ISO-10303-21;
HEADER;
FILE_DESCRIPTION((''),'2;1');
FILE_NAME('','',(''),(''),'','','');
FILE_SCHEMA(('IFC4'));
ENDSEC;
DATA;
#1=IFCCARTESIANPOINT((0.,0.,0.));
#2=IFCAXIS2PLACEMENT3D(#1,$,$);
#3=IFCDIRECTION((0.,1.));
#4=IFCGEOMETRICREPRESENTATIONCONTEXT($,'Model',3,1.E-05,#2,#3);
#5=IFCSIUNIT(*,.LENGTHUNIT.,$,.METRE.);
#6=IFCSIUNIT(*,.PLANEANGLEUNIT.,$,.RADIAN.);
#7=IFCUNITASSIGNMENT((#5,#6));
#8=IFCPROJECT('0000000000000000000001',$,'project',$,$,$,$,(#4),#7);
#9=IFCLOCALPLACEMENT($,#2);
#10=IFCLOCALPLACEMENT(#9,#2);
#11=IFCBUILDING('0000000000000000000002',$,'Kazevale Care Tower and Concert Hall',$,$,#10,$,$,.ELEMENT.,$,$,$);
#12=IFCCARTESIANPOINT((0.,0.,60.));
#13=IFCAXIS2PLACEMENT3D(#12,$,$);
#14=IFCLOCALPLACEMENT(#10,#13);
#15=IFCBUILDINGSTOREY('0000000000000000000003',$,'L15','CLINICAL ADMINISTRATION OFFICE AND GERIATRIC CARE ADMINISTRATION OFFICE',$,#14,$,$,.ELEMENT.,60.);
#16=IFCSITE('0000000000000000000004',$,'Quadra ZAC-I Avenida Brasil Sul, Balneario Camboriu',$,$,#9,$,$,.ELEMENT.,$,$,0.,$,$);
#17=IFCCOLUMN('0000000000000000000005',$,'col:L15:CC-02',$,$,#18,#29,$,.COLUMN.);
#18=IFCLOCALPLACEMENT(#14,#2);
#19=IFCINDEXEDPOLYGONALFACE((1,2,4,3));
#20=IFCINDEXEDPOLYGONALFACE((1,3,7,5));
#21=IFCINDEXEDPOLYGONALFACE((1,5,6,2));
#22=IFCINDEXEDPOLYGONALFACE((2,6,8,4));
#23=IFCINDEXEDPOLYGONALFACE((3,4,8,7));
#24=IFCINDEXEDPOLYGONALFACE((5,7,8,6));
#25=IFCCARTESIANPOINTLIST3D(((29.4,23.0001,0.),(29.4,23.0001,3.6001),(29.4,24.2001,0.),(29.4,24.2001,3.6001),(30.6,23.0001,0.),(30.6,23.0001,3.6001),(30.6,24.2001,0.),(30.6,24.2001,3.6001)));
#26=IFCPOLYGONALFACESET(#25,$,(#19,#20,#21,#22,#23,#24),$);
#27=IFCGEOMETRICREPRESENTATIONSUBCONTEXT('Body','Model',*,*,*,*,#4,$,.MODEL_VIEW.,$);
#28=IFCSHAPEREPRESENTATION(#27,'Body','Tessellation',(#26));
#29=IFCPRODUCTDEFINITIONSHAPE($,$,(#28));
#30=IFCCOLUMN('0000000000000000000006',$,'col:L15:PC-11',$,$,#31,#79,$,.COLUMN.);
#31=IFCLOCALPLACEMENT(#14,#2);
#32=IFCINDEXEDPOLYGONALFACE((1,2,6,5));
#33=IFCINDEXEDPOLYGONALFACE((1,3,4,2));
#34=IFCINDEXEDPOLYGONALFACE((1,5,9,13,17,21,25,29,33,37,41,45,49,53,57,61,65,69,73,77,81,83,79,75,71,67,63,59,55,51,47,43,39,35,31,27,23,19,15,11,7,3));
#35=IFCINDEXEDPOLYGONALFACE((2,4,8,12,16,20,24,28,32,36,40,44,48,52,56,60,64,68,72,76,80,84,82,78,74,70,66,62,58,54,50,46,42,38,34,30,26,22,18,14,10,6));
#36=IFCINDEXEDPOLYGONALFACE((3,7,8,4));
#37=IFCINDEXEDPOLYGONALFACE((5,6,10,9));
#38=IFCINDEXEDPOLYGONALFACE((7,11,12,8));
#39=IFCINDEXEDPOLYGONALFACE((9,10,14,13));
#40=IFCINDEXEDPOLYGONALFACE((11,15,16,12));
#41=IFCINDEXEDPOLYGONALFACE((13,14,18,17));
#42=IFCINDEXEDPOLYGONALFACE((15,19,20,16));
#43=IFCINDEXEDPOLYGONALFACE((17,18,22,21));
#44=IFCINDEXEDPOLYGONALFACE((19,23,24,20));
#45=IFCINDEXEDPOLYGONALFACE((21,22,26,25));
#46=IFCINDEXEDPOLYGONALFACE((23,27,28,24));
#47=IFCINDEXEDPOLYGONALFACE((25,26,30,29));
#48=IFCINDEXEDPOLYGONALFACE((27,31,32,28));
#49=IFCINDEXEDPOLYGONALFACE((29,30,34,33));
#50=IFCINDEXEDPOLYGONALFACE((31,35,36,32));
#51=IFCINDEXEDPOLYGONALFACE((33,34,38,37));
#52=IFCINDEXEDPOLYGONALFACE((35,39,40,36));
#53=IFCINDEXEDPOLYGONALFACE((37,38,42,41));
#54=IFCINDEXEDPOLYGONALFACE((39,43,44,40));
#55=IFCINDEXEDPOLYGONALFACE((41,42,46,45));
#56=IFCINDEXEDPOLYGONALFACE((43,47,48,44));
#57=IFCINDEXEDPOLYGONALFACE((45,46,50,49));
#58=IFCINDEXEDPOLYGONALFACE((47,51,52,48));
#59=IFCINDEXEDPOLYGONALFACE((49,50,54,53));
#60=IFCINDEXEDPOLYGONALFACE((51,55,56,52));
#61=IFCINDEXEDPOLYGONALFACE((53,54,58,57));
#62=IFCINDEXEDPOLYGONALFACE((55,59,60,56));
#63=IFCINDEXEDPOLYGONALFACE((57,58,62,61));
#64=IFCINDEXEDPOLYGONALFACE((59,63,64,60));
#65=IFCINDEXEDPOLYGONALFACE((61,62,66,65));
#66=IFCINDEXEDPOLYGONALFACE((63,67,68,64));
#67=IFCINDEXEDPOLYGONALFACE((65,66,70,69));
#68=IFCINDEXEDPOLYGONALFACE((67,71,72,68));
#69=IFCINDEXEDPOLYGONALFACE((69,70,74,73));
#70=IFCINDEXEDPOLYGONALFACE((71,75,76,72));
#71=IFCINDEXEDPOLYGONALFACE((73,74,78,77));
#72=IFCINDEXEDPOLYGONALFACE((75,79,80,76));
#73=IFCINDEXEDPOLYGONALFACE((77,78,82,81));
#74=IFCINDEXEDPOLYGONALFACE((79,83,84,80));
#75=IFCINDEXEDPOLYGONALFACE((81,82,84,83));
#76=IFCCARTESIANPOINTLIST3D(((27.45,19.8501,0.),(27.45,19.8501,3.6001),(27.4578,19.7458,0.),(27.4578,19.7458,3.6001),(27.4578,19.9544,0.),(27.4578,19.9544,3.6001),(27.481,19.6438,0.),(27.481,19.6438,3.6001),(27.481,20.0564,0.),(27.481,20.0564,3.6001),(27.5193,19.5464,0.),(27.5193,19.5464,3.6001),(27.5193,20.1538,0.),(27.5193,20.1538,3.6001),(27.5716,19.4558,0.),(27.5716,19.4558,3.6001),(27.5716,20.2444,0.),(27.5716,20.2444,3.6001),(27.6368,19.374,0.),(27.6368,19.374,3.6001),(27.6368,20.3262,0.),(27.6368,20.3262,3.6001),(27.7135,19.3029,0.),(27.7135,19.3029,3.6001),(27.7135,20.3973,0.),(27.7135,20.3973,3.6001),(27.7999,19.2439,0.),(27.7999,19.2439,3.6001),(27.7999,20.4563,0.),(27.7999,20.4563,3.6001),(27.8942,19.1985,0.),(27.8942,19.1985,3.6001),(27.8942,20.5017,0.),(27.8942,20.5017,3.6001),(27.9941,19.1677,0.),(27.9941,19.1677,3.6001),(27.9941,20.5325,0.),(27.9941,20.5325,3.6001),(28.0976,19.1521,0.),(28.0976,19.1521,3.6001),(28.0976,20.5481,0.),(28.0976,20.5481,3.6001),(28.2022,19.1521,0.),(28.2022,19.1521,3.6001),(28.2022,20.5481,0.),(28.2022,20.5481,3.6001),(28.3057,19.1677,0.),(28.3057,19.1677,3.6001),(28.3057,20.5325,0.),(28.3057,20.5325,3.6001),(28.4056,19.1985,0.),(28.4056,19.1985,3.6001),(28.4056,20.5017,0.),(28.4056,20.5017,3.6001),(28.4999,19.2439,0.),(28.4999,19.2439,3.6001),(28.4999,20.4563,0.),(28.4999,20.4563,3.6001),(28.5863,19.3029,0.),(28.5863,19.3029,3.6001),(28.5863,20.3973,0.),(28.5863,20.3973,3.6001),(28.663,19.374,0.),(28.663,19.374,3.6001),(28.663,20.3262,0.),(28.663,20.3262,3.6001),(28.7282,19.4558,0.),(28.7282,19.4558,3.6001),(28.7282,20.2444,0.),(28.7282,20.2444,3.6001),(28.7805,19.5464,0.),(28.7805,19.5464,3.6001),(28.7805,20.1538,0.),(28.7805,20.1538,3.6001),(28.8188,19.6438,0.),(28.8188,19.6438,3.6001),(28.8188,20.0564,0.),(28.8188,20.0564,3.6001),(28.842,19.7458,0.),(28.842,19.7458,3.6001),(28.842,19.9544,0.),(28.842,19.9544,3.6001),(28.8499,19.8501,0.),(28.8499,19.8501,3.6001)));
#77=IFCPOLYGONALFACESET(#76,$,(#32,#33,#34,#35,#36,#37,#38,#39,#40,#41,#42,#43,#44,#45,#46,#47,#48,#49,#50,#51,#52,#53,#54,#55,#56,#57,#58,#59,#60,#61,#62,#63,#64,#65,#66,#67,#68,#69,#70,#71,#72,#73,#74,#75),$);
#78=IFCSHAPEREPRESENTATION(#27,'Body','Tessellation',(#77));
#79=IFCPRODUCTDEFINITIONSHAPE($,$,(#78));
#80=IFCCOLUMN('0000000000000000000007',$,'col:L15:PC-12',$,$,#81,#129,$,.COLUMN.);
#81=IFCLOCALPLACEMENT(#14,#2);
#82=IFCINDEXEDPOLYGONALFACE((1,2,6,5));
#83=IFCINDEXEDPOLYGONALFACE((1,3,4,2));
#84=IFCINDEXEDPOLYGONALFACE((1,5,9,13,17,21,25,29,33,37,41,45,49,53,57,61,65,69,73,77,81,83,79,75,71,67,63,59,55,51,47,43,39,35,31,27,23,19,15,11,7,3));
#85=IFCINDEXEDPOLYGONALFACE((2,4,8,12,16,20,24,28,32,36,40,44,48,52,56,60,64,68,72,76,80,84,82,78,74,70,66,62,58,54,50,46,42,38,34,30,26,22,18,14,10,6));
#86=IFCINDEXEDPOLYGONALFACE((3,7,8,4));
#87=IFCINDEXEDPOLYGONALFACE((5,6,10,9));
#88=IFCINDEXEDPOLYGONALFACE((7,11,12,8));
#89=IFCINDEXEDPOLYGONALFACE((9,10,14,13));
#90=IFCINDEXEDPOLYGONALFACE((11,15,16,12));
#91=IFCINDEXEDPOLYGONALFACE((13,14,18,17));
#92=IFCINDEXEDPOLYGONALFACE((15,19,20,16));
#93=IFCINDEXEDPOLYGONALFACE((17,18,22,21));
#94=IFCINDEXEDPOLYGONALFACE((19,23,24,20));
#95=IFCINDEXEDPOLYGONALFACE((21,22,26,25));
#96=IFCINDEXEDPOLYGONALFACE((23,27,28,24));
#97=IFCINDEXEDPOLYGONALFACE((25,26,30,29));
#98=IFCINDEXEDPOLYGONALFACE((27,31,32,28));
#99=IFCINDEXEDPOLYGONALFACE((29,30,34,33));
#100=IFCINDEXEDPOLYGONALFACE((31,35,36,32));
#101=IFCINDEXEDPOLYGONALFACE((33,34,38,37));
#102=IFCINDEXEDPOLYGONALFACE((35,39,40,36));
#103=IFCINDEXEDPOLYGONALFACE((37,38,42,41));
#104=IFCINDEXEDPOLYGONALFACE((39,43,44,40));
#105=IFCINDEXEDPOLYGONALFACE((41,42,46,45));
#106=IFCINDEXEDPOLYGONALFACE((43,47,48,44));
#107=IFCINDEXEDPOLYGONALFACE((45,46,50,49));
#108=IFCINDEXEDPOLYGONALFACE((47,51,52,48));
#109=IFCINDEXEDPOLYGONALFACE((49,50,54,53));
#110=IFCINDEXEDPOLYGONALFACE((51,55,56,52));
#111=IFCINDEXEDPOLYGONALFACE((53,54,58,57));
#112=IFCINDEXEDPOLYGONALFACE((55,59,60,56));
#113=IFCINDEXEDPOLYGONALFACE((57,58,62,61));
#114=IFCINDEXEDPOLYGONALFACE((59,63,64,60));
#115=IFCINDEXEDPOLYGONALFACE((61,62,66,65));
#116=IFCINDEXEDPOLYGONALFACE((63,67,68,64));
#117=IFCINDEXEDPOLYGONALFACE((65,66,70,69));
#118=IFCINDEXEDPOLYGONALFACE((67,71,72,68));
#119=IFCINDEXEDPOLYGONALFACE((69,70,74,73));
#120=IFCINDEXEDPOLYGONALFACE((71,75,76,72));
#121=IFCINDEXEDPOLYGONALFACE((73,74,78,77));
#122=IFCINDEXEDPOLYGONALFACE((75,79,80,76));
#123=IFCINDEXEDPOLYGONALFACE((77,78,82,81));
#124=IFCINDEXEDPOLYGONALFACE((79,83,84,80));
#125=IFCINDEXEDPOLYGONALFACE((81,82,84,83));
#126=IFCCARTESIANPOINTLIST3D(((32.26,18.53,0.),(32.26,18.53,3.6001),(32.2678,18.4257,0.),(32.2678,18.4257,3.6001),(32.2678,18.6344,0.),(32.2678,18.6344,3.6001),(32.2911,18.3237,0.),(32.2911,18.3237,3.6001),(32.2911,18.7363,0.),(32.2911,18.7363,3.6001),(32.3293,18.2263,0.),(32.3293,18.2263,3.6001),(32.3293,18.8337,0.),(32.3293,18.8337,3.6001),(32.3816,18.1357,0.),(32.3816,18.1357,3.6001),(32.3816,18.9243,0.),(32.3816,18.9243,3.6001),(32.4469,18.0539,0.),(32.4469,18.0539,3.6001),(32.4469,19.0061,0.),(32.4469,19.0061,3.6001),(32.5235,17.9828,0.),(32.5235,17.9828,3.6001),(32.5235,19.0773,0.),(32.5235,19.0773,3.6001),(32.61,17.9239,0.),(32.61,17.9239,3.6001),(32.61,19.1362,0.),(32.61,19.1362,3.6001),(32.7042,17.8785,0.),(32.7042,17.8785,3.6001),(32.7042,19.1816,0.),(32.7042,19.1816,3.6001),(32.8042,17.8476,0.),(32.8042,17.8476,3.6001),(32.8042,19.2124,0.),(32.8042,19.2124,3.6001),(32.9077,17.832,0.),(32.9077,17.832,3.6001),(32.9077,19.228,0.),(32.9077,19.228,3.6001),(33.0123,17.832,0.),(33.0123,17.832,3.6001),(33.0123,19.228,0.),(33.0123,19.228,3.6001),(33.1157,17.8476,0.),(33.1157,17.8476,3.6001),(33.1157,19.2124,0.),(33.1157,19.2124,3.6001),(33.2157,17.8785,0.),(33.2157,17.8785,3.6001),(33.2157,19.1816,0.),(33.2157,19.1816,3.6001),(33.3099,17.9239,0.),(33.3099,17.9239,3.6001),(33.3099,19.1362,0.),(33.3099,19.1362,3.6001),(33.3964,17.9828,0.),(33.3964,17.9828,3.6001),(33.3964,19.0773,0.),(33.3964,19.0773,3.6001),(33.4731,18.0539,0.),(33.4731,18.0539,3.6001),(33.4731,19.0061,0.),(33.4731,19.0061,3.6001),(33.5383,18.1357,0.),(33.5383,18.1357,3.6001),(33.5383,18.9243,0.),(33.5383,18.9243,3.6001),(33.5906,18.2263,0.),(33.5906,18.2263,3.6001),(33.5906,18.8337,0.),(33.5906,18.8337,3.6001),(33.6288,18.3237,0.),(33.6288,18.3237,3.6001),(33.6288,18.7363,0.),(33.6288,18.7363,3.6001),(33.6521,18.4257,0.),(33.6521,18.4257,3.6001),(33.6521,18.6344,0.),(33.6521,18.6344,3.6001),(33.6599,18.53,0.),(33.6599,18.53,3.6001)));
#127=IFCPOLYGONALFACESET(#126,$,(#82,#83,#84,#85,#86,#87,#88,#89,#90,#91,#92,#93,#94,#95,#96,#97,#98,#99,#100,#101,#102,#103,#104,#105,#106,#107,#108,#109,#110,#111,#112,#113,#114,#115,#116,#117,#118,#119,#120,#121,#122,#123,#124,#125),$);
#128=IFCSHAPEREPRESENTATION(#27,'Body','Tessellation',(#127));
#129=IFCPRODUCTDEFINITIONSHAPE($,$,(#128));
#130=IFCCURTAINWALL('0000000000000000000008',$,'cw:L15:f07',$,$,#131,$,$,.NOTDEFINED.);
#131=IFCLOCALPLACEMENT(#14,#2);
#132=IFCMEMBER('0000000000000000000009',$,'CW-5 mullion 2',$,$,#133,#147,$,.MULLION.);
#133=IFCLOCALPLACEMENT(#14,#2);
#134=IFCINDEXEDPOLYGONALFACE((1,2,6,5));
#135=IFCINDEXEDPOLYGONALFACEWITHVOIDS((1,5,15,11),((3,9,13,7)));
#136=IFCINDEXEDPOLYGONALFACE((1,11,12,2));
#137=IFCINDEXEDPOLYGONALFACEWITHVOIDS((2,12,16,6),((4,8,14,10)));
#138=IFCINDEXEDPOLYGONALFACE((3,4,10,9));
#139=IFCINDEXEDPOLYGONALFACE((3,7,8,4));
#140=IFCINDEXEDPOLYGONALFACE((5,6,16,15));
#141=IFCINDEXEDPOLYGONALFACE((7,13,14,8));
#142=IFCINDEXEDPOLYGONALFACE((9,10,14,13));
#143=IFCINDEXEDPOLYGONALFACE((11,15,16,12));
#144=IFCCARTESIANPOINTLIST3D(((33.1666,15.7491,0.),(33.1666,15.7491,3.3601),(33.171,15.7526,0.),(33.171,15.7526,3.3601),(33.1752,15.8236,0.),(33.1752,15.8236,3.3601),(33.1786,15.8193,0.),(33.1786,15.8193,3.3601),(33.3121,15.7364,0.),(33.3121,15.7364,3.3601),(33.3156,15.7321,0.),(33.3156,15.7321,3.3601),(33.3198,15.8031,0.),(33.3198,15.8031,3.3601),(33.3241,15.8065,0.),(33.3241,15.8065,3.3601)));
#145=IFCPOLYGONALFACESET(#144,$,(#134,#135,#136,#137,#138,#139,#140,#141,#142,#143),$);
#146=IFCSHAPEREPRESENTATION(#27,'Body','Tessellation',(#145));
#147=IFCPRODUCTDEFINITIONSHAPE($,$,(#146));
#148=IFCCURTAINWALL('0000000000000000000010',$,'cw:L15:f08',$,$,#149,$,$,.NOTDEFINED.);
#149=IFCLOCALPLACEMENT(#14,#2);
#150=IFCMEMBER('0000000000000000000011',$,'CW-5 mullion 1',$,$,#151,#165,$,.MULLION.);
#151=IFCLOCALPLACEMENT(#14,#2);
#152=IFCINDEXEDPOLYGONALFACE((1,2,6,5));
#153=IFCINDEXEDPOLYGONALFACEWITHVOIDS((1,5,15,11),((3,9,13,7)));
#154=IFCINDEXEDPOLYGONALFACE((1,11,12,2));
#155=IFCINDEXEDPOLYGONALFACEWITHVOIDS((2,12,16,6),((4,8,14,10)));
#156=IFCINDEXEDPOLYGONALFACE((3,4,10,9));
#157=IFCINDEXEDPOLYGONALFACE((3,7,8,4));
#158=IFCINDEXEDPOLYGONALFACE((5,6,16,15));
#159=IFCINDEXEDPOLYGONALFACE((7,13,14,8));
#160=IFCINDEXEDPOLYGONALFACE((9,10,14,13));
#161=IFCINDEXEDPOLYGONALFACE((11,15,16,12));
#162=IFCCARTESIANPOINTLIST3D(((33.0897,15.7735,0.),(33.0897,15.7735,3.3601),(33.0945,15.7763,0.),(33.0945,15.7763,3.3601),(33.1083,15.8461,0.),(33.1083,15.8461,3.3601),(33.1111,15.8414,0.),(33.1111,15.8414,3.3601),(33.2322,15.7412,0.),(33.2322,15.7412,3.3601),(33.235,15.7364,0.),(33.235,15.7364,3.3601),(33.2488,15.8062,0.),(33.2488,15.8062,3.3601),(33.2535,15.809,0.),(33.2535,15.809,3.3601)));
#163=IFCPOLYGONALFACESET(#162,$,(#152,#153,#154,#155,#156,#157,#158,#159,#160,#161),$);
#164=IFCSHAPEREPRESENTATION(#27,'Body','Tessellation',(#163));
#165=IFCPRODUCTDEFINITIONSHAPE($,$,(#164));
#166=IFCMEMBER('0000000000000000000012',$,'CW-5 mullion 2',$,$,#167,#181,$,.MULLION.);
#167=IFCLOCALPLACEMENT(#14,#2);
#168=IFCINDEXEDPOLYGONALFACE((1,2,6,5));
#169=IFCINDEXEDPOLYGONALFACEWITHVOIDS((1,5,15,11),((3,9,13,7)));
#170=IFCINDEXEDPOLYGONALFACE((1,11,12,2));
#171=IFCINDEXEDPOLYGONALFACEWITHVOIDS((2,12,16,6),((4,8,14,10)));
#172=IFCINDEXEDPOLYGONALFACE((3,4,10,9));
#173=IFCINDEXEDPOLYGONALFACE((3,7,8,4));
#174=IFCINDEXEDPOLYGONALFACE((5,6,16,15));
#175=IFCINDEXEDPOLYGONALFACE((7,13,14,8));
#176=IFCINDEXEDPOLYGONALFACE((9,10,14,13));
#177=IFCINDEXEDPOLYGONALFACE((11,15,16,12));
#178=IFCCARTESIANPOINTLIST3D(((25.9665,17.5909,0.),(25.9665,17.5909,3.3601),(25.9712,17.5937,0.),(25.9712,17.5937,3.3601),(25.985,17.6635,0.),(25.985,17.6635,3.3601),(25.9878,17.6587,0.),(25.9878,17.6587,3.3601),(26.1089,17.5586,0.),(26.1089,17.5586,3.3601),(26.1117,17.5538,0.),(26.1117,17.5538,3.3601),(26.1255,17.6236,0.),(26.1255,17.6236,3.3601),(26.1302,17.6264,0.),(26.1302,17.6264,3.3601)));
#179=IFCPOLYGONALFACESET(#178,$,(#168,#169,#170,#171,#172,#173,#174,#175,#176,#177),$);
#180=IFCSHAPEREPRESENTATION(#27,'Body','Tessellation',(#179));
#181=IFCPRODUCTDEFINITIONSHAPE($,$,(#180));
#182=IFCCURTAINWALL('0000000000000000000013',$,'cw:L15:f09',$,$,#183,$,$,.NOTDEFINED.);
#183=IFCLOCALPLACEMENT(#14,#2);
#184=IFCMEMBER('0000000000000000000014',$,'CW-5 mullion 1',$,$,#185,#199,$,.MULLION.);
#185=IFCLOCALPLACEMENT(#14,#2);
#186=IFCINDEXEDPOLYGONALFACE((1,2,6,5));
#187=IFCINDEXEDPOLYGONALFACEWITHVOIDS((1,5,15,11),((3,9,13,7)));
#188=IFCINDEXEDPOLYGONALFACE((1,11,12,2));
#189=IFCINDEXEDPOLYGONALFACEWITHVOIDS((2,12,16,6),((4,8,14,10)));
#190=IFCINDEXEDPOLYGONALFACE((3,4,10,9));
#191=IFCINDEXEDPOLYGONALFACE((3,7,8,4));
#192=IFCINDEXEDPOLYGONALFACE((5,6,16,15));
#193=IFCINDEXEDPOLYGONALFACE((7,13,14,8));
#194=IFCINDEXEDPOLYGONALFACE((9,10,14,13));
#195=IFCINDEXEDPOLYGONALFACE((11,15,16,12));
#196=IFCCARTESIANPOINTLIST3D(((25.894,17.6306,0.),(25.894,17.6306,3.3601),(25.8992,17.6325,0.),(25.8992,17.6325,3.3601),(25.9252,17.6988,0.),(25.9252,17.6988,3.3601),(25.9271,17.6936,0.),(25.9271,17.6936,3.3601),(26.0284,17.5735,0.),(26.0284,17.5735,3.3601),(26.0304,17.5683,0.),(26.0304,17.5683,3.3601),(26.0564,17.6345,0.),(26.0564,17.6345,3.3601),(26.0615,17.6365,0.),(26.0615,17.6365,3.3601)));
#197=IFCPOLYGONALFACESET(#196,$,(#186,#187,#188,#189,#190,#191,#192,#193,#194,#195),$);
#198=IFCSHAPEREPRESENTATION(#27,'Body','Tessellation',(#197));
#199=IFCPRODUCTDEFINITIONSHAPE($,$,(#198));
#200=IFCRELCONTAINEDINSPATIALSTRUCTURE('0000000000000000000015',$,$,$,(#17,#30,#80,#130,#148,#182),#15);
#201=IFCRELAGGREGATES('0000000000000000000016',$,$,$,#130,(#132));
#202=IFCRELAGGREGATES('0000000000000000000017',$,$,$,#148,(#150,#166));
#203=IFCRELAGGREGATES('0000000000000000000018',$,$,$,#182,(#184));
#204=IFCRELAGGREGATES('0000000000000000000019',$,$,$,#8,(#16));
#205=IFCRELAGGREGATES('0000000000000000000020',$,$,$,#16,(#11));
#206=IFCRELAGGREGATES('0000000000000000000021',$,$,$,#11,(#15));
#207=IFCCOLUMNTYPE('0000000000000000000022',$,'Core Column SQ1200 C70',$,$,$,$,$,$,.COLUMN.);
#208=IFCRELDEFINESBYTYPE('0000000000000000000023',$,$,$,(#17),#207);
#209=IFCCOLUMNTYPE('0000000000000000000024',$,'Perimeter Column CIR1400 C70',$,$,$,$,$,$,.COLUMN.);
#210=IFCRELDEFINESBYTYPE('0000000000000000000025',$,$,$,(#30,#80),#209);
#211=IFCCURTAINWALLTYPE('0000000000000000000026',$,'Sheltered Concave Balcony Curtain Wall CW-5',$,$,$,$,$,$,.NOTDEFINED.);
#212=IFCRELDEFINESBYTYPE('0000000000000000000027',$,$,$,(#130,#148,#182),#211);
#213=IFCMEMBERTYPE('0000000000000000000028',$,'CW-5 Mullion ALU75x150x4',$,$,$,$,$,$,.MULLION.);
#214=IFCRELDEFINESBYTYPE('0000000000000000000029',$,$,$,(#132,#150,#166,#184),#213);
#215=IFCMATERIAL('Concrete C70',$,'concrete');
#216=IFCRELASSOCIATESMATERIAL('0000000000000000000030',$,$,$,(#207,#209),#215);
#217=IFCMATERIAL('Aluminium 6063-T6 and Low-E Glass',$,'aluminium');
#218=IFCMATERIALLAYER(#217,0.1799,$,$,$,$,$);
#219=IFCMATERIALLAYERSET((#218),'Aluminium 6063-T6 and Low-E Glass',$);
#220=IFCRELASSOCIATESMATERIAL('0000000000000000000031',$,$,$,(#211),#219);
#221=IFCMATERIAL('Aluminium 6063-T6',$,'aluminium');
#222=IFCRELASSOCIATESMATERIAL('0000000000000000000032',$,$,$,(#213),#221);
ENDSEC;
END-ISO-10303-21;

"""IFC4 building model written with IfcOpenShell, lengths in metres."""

from ifc_helpers import new_model, si_unit, direction, frame, origin, origin_2d, place, context, subcontext, project, spatial, rectangle, hollow_rectangle, circle, extrude, material, layer, layer_set, material_profile, profile_set, type_object, element, aggregate, save


model = new_model("IFC4")

# Units and contexts
model_context = context("Model", 3, precision=1e-05, world=origin(), true_north=direction((0.0, 1.0)))
body_context = subcontext(model_context, "Body", "Model", "MODEL_VIEW")
ifc_project = project(units=[si_unit("LENGTHUNIT", "METRE"), si_unit("PLANEANGLEUNIT", "RADIAN")], contexts=[model_context])

# Site, building, storey
site_placement = place(None, origin())
site = spatial("IfcSite", under=ifc_project, at=site_placement, Name="Quadra ZAC-I Avenida Brasil Sul, Balneario Camboriu", CompositionType="ELEMENT", RefElevation=0.0)
building_placement = place(site_placement, origin())
building = spatial("IfcBuilding", under=site, at=building_placement, Name="Kazevale Care Tower and Concert Hall", CompositionType="ELEMENT")
storey_placement = place(building_placement, frame((0.0, 0.0, 60.0)))
storey = spatial("IfcBuildingStorey", under=building, at=storey_placement, Name="L15", Description="CLINICAL ADMINISTRATION OFFICE AND GERIATRIC CARE ADMINISTRATION OFFICE", CompositionType="ELEMENT", Elevation=60.0)

# Columns
ifc_material_1 = material(Name="Concrete C70", Category="concrete")
ifc_material_profile_1 = material_profile(ifc_material_1, rectangle(XDim=1.2, YDim=1.2, at=origin_2d()), Name="RC-SQ1200")
ifc_profile_set_1 = profile_set([ifc_material_profile_1], Name="Concrete C70")
column_type_1 = type_object("IfcColumnType", Name="Core Column SQ1200 C70", PredefinedType="COLUMN", material=ifc_profile_set_1)
column_placement = place(storey_placement, frame((30.0, 23.6001, 0.0), z_axis=(0.0, 0.0, 1.0), x_axis=(1.0, 0.0, 0.0)))
element("IfcColumn", 1, at=column_placement, inside=storey, type_object=column_type_1, Name="col:L15:CC-02", PredefinedType="COLUMN", context=body_context, shape_type="SweptSolid", body=[
    extrude(rectangle(XDim=1.2, YDim=1.2, at=origin_2d()), origin(), (0.0, 0.0, 1.0), 3.6001),
])
ifc_material_profile_2 = material_profile(ifc_material_1, circle(Radius=0.7, at=origin_2d()), Name="RC-CIR1400")
ifc_profile_set_2 = profile_set([ifc_material_profile_2], Name="Concrete C70")
column_type_2 = type_object("IfcColumnType", Name="Perimeter Column CIR1400 C70", PredefinedType="COLUMN", material=ifc_profile_set_2)
for number, where, z_axis, x_axis, name in (
    (2, (28.1499, 19.8501, 0.0), (0.0, 0.0, 1.0), (1.0, 0.0, 0.0), "col:L15:PC-11"),
    (3, (32.96, 18.53, 0.0), (0.0, 0.0, 1.0), (1.0, 0.0, 0.0), "col:L15:PC-12"),
):
    element("IfcColumn", number, at=place(storey_placement, frame(where, z_axis=z_axis, x_axis=x_axis)), inside=storey, type_object=column_type_2, Name=name, PredefinedType="COLUMN", context=body_context, shape_type="SweptSolid", body=[
        extrude(circle(Radius=0.7, at=origin_2d()), origin(), (0.0, 0.0, 1.0), 3.6001),
    ])

# Curtain wall, member
ifc_material_2 = material(Name="Aluminium 6063-T6 and Low-E Glass", Category="aluminium")
ifc_layer_1 = layer(ifc_material_2, 0.1799)
ifc_layer_set_1 = layer_set([ifc_layer_1], Name="Aluminium 6063-T6 and Low-E Glass")
curtain_wall_type = type_object("IfcCurtainWallType", Name="Sheltered Concave Balcony Curtain Wall CW-5", PredefinedType="NOTDEFINED", material=ifc_layer_set_1)
curtain_wall_1_placement = place(storey_placement, origin())
curtain_wall_1 = element("IfcCurtainWall", 4, at=curtain_wall_1_placement, inside=storey, type_object=curtain_wall_type, Name="cw:L15:f07", PredefinedType="NOTDEFINED")
ifc_material_3 = material(Name="Aluminium 6063-T6", Category="aluminium")
ifc_material_profile_3 = material_profile(ifc_material_3, hollow_rectangle(XDim=0.075, YDim=0.1499, WallThickness=0.0039, at=origin_2d()), Name="ALU75x150x4")
ifc_profile_set_3 = profile_set([ifc_material_profile_3], Name="Aluminium 6063-T6")
member_type_1 = type_object("IfcMemberType", Name="CW-5 Mullion ALU75x150x4", PredefinedType="MULLION", material=ifc_profile_set_3)
member_1_placement = place(storey_placement, frame((33.2454, 15.7778, 0.0), z_axis=(0.0, 0.0, 1.0), x_axis=(-0.113705, -0.993515, 0.0)))
member_1 = element("IfcMember", 5, at=member_1_placement, type_object=member_type_1, Name="CW-5 mullion 2", PredefinedType="MULLION", context=body_context, shape_type="SweptSolid", body=[
    extrude(hollow_rectangle(XDim=0.075, YDim=0.1499, WallThickness=0.0039, at=origin_2d()), origin(), (0.0, 0.0, 1.0), 3.3601),
])
aggregate(curtain_wall_1, [member_1])

# Curtain wall, members
curtain_wall_2_placement = place(storey_placement, origin())
curtain_wall_2 = element("IfcCurtainWall", 6, at=curtain_wall_2_placement, inside=storey, type_object=curtain_wall_type, Name="cw:L15:f08", PredefinedType="NOTDEFINED")
member_2_placement = place(storey_placement, frame((33.1716, 15.7913, 0.0), z_axis=(0.0, 0.0, 1.0), x_axis=(-0.247222, -0.968959, 0.0)))
member_2 = element("IfcMember", 7, at=member_2_placement, type_object=member_type_1, Name="CW-5 mullion 1", PredefinedType="MULLION", context=body_context, shape_type="SweptSolid", body=[
    extrude(hollow_rectangle(XDim=0.075, YDim=0.1499, WallThickness=0.0039, at=origin_2d()), origin(), (0.0, 0.0, 1.0), 3.3601),
])
member_3_placement = place(storey_placement, frame((26.0483, 17.6086, 0.0), z_axis=(0.0, 0.0, 1.0), x_axis=(-0.247222, -0.968959, 0.0)))
member_3 = element("IfcMember", 8, at=member_3_placement, type_object=member_type_1, Name="CW-5 mullion 2", PredefinedType="MULLION", context=body_context, shape_type="SweptSolid", body=[
    extrude(hollow_rectangle(XDim=0.075, YDim=0.1499, WallThickness=0.0039, at=origin_2d()), origin(), (0.0, 0.0, 1.0), 3.3601),
])

# Curtain wall, member
curtain_wall_3_placement = place(storey_placement, origin())
curtain_wall_3 = element("IfcCurtainWall", 9, at=curtain_wall_3_placement, inside=storey, type_object=curtain_wall_type, Name="cw:L15:f09", PredefinedType="NOTDEFINED")
member_4_placement = place(storey_placement, frame((25.9778, 17.6335, 0.0), z_axis=(0.0, 0.0, 1.0), x_axis=(-0.41566, -0.90952, 0.0)))
member_4 = element("IfcMember", 10, at=member_4_placement, type_object=member_type_1, Name="CW-5 mullion 1", PredefinedType="MULLION", context=body_context, shape_type="SweptSolid", body=[
    extrude(hollow_rectangle(XDim=0.075, YDim=0.1499, WallThickness=0.0039, at=origin_2d()), origin(), (0.0, 0.0, 1.0), 3.3601),
])

aggregate(curtain_wall_2, [member_2, member_3])
aggregate(curtain_wall_3, [member_4])

save(model, "model.ifc")
